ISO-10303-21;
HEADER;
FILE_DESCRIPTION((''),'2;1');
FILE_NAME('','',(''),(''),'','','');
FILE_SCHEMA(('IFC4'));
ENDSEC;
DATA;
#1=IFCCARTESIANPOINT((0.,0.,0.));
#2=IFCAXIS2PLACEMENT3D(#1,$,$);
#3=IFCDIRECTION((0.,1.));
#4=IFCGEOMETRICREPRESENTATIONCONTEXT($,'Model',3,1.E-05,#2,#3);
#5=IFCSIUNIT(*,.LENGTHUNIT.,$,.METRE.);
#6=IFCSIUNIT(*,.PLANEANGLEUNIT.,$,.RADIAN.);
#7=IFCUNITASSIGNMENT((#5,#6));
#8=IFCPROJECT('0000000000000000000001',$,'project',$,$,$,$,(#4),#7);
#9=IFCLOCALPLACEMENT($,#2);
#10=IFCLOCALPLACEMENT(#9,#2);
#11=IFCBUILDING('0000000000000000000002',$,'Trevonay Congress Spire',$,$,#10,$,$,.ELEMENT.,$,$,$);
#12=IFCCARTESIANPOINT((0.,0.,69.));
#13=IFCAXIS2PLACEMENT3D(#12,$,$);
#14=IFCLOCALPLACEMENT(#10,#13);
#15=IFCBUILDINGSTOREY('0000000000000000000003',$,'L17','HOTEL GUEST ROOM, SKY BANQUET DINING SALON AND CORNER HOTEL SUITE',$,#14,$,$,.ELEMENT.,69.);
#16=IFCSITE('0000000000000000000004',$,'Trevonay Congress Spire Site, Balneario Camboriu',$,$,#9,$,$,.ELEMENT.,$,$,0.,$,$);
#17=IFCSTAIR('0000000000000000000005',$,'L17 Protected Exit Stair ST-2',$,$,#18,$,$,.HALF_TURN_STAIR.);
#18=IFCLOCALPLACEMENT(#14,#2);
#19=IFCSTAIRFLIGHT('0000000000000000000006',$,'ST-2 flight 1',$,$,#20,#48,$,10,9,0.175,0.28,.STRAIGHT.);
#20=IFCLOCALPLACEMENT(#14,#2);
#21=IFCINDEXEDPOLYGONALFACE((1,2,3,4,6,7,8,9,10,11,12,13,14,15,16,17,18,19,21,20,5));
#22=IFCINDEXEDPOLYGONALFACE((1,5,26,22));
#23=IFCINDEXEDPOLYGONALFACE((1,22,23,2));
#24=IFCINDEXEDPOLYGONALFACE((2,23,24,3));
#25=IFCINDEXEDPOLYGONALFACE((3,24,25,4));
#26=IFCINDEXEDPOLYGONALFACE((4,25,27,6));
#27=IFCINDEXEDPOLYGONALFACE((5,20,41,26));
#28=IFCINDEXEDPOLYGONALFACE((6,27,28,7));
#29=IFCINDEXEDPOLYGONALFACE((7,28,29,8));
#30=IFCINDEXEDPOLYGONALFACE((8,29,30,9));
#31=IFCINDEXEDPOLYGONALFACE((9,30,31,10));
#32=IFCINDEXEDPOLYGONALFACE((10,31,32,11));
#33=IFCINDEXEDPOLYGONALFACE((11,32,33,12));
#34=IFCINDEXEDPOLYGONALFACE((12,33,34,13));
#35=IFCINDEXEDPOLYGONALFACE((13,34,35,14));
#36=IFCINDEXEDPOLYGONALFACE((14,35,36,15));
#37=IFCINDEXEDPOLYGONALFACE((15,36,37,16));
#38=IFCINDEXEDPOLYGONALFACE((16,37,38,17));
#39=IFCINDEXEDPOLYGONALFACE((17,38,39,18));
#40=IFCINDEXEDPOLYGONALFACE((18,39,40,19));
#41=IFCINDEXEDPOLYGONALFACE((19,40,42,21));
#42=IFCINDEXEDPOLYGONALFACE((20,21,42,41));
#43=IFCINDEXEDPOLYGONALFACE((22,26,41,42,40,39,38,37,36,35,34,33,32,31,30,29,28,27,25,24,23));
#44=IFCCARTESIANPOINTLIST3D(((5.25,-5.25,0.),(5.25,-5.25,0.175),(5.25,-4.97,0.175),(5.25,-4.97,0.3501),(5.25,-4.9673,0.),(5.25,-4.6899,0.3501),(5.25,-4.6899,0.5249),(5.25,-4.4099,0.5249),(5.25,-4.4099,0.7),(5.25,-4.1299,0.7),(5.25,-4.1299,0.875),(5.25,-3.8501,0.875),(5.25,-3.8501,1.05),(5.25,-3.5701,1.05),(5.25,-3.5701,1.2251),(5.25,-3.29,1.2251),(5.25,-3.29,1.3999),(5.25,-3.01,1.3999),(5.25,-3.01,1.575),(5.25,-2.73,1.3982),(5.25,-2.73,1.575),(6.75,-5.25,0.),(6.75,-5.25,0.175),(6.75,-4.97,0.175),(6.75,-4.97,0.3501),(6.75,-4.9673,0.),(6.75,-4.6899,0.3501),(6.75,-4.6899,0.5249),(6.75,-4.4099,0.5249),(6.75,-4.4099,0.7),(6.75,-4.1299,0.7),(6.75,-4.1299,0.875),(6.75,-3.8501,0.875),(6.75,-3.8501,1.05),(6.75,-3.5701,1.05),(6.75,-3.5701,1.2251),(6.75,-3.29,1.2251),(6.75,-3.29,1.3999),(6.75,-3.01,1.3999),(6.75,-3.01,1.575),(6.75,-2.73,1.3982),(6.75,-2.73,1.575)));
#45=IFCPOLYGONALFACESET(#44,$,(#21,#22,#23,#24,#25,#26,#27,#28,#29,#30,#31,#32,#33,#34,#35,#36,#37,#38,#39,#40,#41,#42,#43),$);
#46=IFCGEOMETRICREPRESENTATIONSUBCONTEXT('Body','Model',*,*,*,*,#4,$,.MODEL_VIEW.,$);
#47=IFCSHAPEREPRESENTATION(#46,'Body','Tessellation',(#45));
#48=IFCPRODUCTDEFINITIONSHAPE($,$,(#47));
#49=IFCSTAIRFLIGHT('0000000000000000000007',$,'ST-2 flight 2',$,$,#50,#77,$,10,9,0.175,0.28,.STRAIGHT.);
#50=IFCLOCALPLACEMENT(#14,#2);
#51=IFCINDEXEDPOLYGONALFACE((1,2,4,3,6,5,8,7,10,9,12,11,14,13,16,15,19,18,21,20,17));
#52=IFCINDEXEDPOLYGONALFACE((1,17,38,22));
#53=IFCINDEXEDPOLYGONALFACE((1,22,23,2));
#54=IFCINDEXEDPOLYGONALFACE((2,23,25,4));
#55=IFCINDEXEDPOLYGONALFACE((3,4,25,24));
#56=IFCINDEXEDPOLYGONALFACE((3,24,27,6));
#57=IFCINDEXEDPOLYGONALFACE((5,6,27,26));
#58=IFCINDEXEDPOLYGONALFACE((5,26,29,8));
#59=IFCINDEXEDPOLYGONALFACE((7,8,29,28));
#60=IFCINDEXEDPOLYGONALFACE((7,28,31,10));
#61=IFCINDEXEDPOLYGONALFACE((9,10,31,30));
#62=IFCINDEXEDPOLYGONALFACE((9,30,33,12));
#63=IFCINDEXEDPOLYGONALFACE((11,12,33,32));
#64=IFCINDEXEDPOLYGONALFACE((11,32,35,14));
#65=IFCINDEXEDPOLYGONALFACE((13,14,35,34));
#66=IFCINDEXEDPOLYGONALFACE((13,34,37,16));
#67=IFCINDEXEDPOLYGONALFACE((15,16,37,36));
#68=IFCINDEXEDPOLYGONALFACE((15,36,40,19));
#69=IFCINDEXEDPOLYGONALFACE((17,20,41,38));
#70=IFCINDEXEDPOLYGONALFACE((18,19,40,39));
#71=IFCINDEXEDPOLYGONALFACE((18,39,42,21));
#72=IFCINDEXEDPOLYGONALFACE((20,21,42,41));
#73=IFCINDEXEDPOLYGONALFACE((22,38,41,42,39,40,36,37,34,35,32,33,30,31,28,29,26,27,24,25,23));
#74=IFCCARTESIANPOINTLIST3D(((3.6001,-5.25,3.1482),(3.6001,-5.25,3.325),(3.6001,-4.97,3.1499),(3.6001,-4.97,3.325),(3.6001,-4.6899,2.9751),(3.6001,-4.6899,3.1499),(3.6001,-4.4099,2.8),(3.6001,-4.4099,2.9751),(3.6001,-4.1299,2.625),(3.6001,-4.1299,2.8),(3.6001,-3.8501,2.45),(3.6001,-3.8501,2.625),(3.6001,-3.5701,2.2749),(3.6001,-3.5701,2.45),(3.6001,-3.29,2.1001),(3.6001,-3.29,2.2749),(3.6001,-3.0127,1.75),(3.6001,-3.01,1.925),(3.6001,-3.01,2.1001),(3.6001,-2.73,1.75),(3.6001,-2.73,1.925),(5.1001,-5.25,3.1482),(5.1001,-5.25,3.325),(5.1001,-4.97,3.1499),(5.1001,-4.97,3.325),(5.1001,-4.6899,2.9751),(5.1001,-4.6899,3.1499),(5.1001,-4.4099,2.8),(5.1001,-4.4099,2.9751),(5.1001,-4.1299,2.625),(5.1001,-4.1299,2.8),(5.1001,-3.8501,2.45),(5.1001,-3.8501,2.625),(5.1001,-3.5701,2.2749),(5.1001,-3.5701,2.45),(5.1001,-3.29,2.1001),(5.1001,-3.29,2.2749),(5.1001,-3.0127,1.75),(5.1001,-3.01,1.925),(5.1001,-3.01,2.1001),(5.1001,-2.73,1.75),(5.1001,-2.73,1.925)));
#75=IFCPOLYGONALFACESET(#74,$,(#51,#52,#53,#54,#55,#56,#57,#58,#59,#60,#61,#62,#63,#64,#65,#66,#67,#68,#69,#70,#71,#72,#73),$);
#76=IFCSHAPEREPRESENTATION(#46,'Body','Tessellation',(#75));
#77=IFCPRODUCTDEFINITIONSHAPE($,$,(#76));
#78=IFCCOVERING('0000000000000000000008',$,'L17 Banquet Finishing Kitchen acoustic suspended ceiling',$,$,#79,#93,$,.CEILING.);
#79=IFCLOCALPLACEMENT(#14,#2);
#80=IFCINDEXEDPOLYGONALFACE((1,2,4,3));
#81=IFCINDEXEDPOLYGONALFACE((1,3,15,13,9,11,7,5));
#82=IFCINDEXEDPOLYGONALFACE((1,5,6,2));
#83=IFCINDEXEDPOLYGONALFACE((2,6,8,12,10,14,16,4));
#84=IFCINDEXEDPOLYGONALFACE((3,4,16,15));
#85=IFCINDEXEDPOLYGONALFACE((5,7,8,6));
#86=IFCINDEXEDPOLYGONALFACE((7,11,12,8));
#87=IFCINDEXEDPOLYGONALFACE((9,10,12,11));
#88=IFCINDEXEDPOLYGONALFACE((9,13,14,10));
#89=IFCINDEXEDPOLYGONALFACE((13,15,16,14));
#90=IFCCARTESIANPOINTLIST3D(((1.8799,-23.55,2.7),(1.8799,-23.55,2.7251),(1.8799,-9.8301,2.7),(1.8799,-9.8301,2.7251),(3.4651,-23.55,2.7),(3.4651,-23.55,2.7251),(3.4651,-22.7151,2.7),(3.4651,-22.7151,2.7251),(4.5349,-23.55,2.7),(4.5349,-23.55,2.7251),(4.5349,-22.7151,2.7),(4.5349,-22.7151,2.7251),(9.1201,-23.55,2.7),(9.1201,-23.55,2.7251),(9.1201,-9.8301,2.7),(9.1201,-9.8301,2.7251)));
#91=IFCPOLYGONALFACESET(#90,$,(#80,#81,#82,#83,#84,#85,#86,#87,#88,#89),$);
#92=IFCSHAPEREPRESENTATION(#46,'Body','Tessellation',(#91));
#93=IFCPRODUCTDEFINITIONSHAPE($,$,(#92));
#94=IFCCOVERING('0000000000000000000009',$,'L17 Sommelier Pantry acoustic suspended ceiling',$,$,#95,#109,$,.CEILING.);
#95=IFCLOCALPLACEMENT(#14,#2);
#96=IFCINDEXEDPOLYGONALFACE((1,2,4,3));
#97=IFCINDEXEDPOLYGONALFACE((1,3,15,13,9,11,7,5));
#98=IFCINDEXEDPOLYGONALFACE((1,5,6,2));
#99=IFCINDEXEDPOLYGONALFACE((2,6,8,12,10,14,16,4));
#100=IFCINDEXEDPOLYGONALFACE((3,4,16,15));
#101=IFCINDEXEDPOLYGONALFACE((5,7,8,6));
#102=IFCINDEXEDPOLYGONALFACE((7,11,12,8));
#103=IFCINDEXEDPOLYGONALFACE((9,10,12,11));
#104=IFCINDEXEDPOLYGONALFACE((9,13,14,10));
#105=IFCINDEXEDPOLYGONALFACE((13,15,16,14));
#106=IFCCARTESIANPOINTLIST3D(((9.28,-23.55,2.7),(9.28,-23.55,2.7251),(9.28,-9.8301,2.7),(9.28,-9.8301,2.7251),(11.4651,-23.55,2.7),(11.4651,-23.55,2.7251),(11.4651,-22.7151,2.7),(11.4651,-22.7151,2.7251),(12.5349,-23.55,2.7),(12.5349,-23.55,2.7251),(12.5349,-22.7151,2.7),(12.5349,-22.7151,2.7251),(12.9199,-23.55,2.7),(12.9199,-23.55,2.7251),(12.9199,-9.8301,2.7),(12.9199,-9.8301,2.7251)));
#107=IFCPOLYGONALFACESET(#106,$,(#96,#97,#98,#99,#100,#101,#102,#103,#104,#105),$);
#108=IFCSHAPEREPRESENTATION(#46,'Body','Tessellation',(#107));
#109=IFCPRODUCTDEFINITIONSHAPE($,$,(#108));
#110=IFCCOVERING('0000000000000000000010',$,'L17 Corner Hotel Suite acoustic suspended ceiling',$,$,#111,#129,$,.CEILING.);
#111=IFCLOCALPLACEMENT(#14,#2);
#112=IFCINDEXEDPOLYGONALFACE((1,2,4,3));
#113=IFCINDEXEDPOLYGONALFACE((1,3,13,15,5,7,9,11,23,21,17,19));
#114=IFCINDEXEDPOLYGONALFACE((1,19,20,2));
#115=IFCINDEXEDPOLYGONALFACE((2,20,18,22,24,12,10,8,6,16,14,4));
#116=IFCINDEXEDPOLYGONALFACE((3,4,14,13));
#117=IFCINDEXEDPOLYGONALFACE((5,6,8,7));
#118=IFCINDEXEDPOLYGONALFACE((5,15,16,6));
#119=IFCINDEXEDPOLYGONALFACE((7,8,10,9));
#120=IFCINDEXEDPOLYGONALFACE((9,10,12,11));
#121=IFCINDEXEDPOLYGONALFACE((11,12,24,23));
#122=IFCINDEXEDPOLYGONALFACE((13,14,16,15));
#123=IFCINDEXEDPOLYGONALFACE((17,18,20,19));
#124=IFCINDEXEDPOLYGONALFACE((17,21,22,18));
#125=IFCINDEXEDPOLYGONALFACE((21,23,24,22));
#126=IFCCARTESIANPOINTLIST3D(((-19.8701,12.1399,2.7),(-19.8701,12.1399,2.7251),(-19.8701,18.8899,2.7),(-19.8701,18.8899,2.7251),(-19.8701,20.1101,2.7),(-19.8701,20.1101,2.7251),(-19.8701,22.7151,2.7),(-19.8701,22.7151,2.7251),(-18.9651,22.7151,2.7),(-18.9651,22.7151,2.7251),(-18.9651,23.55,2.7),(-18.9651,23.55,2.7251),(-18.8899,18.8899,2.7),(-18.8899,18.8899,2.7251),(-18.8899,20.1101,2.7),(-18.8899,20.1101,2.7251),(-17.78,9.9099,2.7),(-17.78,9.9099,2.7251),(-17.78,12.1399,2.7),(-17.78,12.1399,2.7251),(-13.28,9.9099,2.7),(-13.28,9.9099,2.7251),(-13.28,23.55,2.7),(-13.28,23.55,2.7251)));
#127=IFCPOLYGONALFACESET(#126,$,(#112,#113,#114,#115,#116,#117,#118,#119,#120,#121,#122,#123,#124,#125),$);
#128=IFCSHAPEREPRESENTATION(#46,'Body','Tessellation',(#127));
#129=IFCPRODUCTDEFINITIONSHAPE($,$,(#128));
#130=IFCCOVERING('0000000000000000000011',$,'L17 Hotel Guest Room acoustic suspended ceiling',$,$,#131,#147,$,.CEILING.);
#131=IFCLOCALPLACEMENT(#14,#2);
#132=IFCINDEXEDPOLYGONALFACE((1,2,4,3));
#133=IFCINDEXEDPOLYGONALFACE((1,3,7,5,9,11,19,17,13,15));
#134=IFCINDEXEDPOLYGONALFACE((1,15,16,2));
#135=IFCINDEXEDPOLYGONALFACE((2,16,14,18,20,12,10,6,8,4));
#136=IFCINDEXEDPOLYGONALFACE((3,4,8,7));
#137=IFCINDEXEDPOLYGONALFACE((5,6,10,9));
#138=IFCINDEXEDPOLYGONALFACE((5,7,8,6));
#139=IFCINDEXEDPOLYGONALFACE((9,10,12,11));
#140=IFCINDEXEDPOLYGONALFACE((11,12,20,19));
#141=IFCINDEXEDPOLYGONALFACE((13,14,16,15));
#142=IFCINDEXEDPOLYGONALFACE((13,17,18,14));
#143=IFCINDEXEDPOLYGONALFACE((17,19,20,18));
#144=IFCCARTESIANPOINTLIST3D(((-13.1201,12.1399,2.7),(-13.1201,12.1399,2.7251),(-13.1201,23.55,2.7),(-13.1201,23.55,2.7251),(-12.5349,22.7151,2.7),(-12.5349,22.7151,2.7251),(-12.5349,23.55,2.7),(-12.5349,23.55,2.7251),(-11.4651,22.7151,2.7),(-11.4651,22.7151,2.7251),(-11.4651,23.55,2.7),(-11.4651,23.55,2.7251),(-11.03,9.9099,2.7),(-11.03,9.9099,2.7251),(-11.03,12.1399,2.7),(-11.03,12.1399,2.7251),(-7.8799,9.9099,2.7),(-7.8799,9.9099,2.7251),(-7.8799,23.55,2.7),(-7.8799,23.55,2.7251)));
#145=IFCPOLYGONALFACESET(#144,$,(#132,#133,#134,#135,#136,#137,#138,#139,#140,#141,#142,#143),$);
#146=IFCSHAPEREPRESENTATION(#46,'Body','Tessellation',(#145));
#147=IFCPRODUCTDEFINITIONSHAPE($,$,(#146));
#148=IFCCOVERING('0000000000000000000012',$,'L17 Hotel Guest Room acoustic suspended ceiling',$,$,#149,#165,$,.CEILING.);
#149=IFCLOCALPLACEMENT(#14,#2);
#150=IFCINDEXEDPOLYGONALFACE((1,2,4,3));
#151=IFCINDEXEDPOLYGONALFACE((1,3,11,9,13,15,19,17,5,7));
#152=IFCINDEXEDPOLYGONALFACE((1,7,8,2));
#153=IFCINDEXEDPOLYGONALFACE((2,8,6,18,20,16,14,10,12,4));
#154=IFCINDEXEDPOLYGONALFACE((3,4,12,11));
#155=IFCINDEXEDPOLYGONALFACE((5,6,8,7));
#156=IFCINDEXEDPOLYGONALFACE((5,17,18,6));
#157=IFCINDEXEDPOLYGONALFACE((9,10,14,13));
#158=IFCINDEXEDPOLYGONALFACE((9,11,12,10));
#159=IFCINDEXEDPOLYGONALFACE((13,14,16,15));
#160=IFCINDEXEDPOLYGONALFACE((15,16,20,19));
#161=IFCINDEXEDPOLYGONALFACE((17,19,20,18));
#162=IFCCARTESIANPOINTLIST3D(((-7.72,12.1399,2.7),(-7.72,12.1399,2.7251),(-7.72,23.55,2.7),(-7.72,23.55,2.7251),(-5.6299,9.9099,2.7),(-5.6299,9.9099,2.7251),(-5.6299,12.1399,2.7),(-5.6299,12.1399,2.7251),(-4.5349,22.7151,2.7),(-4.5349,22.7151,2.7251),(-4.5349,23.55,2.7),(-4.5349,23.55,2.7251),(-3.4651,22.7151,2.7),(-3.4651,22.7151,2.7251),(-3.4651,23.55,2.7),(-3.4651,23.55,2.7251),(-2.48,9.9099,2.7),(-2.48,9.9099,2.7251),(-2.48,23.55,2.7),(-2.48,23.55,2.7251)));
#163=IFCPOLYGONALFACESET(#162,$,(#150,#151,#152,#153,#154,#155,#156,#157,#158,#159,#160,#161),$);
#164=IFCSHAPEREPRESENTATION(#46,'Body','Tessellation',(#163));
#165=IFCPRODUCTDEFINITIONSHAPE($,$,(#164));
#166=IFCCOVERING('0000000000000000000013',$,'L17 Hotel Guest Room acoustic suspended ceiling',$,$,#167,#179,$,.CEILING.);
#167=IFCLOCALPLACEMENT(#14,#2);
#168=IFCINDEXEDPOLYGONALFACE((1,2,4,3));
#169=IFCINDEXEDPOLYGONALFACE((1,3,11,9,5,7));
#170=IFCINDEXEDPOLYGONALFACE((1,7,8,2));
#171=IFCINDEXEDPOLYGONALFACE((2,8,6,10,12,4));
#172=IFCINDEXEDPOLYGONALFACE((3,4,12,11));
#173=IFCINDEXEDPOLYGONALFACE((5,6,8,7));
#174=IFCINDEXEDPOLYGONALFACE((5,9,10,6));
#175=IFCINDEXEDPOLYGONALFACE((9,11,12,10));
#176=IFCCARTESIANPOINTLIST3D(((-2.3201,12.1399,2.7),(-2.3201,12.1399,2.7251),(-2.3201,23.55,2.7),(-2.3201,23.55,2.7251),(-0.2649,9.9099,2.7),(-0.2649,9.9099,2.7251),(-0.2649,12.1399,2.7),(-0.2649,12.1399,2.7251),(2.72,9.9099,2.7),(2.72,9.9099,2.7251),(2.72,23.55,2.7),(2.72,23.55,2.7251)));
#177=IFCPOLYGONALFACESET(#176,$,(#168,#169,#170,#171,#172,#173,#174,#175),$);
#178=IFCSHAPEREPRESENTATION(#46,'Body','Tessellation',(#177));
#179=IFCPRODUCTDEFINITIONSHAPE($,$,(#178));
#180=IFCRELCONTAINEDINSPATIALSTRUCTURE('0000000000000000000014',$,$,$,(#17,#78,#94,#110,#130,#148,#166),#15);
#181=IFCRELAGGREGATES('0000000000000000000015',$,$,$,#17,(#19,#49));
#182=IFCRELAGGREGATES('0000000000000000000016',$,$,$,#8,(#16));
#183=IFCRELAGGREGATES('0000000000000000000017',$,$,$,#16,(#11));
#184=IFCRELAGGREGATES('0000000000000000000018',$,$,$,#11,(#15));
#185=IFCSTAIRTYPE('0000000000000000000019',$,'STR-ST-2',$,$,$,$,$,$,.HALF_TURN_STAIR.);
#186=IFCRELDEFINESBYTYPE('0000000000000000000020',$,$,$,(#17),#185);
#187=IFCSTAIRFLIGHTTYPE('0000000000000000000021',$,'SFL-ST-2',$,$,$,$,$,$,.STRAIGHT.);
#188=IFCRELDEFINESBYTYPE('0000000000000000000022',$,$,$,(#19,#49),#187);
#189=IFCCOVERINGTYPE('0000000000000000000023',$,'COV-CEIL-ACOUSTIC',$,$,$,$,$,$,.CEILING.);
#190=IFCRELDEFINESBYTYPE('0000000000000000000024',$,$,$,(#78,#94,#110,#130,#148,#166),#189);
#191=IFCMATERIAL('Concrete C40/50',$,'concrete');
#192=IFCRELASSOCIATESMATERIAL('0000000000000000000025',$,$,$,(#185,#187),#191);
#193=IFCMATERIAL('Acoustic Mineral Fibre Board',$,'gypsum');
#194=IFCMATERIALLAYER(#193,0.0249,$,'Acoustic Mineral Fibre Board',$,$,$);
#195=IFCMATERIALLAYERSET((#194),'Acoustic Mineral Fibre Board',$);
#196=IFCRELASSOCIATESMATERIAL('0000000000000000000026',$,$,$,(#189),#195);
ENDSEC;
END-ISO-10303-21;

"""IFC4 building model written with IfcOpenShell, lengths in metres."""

from ifc_helpers import new_model, si_unit, direction, frame, origin, place, context, subcontext, project, spatial, polyline, outline, extrude, material, layer, layer_set, type_object, element, aggregate, save


model = new_model("IFC4")

# Units and contexts
model_context = context("Model", 3, precision=1e-05, world=origin(), true_north=direction((0.0, 1.0)))
body_context = subcontext(model_context, "Body", "Model", "MODEL_VIEW")
ifc_project = project(units=[si_unit("LENGTHUNIT", "METRE"), si_unit("PLANEANGLEUNIT", "RADIAN")], contexts=[model_context])

# Site, building, storey
site_placement = place(None, origin())
site = spatial("IfcSite", under=ifc_project, at=site_placement, Name="Trevonay Congress Spire Site, Balneario Camboriu", CompositionType="ELEMENT", RefElevation=0.0)
building_placement = place(site_placement, origin())
building = spatial("IfcBuilding", under=site, at=building_placement, Name="Trevonay Congress Spire", CompositionType="ELEMENT")
storey_placement = place(building_placement, frame((0.0, 0.0, 69.0)))
storey = spatial("IfcBuildingStorey", under=building, at=storey_placement, Name="L17", Description="HOTEL GUEST ROOM, SKY BANQUET DINING SALON AND CORNER HOTEL SUITE", CompositionType="ELEMENT", Elevation=69.0)

# Shared definitions
ifc_material_1 = material(Name="Concrete C40/50", Category="concrete")

# Stair, stair flights
stair_type = type_object("IfcStairType", Name="STR-ST-2", PredefinedType="HALF_TURN_STAIR", material=ifc_material_1)
stair_placement = place(storey_placement, origin())
stair = element("IfcStair", 1, at=stair_placement, inside=storey, type_object=stair_type, Name="L17 Protected Exit Stair ST-2", PredefinedType="HALF_TURN_STAIR")
stair_flight_type = type_object("IfcStairFlightType", Name="SFL-ST-2", PredefinedType="STRAIGHT", material=ifc_material_1)
stair_flight_1_placement = place(storey_placement, frame((6.0, -5.25, 0.0), z_axis=(0.0, 0.0, 1.0), x_axis=(0.0, 1.0, 0.0)))
stair_flight_1 = element("IfcStairFlight", 2, at=stair_flight_1_placement, type_object=stair_flight_type, Name="ST-2 flight 1", NumberOfRisers=10, NumberOfTreads=9, PredefinedType="STRAIGHT", RiserHeight=0.175, TreadLength=0.28, context=body_context, shape_type="SweptSolid", body=[
    extrude(outline(polyline([(0.0, 0.0), (0.0, 0.175), (0.28, 0.175), (0.28, 0.3501), (0.5601, 0.3501), (0.5601, 0.5249), (0.8401, 0.5249), (0.8401, 0.7), (1.1201, 0.7), (1.1201, 0.875), (1.3999, 0.875), (1.3999, 1.05), (1.6799, 1.05), (1.6799, 1.2251), (1.96, 1.2251), (1.96, 1.3999), (2.24, 1.3999), (2.24, 1.575), (2.52, 1.575), (2.52, 1.75), (2.52, 1.3982), (0.2827, 0.0), (0.0, 0.0)])), frame((0.0, 0.75, 0.0), z_axis=(0.0, -1.0, 0.0), x_axis=(1.0, 0.0, 0.0)), (0.0, 0.0, 1.0), 1.5),
])
stair_flight_2_placement = place(storey_placement, frame((4.3501, -2.73, 1.75), z_axis=(0.0, 0.0, 1.0), x_axis=(0.0, -1.0, 0.0)))
stair_flight_2 = element("IfcStairFlight", 3, at=stair_flight_2_placement, type_object=stair_flight_type, Name="ST-2 flight 2", NumberOfRisers=10, NumberOfTreads=9, PredefinedType="STRAIGHT", RiserHeight=0.175, TreadLength=0.28, context=body_context, shape_type="SweptSolid", body=[
    extrude(outline(polyline([(0.0, 0.0), (0.0, 0.175), (0.28, 0.175), (0.28, 0.3501), (0.5601, 0.3501), (0.5601, 0.5249), (0.8401, 0.5249), (0.8401, 0.7), (1.1201, 0.7), (1.1201, 0.875), (1.3999, 0.875), (1.3999, 1.05), (1.6799, 1.05), (1.6799, 1.2251), (1.96, 1.2251), (1.96, 1.3999), (2.24, 1.3999), (2.24, 1.575), (2.52, 1.575), (2.52, 1.75), (2.52, 1.3982), (0.2827, 0.0), (0.0, 0.0)])), frame((0.0, 0.75, 0.0), z_axis=(0.0, -1.0, 0.0), x_axis=(1.0, 0.0, 0.0)), (0.0, 0.0, 1.0), 1.5),
])
aggregate(stair, [stair_flight_1, stair_flight_2])

# Coverings
ifc_material_2 = material(Name="Acoustic Mineral Fibre Board", Category="gypsum")
ifc_layer_1 = layer(ifc_material_2, 0.0249, Name="Acoustic Mineral Fibre Board")
ifc_layer_set_1 = layer_set([ifc_layer_1], Name="Acoustic Mineral Fibre Board")
covering_type_1 = type_object("IfcCoveringType", Name="COV-CEIL-ACOUSTIC", PredefinedType="CEILING", material=ifc_layer_set_1)
covering_1_placement = place(storey_placement, frame((0.0, 0.0, 2.7)))
element("IfcCovering", 4, at=covering_1_placement, inside=storey, type_object=covering_type_1, Name="L17 Banquet Finishing Kitchen acoustic suspended ceiling", PredefinedType="CEILING", context=body_context, shape_type="SweptSolid", body=[
    extrude(outline(polyline([(1.8799, -23.55), (1.8799, -9.8301), (9.1201, -9.8301), (9.1201, -23.55), (4.5349, -23.55), (4.5349, -22.7151), (3.4651, -22.7151), (3.4651, -23.55), (1.8799, -23.55)])), origin(), (0.0, 0.0, 1.0), 0.0251),
])
covering_2_placement = place(storey_placement, frame((0.0, 0.0, 2.7)))
element("IfcCovering", 5, at=covering_2_placement, inside=storey, type_object=covering_type_1, Name="L17 Sommelier Pantry acoustic suspended ceiling", PredefinedType="CEILING", context=body_context, shape_type="SweptSolid", body=[
    extrude(outline(polyline([(9.28, -23.55), (9.28, -9.8301), (12.9199, -9.8301), (12.9199, -23.55), (12.5349, -23.55), (12.5349, -22.7151), (11.4651, -22.7151), (11.4651, -23.55), (9.28, -23.55)])), origin(), (0.0, 0.0, 1.0), 0.0251),
])
covering_3_placement = place(storey_placement, frame((0.0, 0.0, 2.7)))
element("IfcCovering", 6, at=covering_3_placement, inside=storey, type_object=covering_type_1, Name="L17 Corner Hotel Suite acoustic suspended ceiling", PredefinedType="CEILING", context=body_context, shape_type="SweptSolid", body=[
    extrude(outline(polyline([(-13.28, 23.55), (-13.28, 9.9099), (-17.78, 9.9099), (-17.78, 12.1399), (-19.8701, 12.1399), (-19.8701, 18.8899), (-18.8899, 18.8899), (-18.8899, 20.1101), (-19.8701, 20.1101), (-19.8701, 22.7151), (-18.9651, 22.7151), (-18.9651, 23.55), (-13.28, 23.55)])), origin(), (0.0, 0.0, 1.0), 0.0251),
])
covering_4_placement = place(storey_placement, frame((0.0, 0.0, 2.7)))
element("IfcCovering", 7, at=covering_4_placement, inside=storey, type_object=covering_type_1, Name="L17 Hotel Guest Room acoustic suspended ceiling", PredefinedType="CEILING", context=body_context, shape_type="SweptSolid", body=[
    extrude(outline(polyline([(-7.8799, 23.55), (-7.8799, 9.9099), (-11.03, 9.9099), (-11.03, 12.1399), (-13.1201, 12.1399), (-13.1201, 23.55), (-12.5349, 23.55), (-12.5349, 22.7151), (-11.4651, 22.7151), (-11.4651, 23.55), (-7.8799, 23.55)])), origin(), (0.0, 0.0, 1.0), 0.0251),
])
covering_5_placement = place(storey_placement, frame((0.0, 0.0, 2.7)))
element("IfcCovering", 8, at=covering_5_placement, inside=storey, type_object=covering_type_1, Name="L17 Hotel Guest Room acoustic suspended ceiling", PredefinedType="CEILING", context=body_context, shape_type="SweptSolid", body=[
    extrude(outline(polyline([(-2.48, 23.55), (-2.48, 9.9099), (-5.6299, 9.9099), (-5.6299, 12.1399), (-7.72, 12.1399), (-7.72, 23.55), (-4.5349, 23.55), (-4.5349, 22.7151), (-3.4651, 22.7151), (-3.4651, 23.55), (-2.48, 23.55)])), origin(), (0.0, 0.0, 1.0), 0.0251),
])
covering_6_placement = place(storey_placement, frame((0.0, 0.0, 2.7)))
element("IfcCovering", 9, at=covering_6_placement, inside=storey, type_object=covering_type_1, Name="L17 Hotel Guest Room acoustic suspended ceiling", PredefinedType="CEILING", context=body_context, shape_type="SweptSolid", body=[
    extrude(outline(polyline([(-0.2649, 9.9099), (2.72, 9.9099), (2.72, 23.55), (-2.3201, 23.55), (-2.3201, 12.1399), (-0.2649, 12.1399), (-0.2649, 9.9099)])), origin(), (0.0, 0.0, 1.0), 0.0251),
])

save(model, "model.ifc")
